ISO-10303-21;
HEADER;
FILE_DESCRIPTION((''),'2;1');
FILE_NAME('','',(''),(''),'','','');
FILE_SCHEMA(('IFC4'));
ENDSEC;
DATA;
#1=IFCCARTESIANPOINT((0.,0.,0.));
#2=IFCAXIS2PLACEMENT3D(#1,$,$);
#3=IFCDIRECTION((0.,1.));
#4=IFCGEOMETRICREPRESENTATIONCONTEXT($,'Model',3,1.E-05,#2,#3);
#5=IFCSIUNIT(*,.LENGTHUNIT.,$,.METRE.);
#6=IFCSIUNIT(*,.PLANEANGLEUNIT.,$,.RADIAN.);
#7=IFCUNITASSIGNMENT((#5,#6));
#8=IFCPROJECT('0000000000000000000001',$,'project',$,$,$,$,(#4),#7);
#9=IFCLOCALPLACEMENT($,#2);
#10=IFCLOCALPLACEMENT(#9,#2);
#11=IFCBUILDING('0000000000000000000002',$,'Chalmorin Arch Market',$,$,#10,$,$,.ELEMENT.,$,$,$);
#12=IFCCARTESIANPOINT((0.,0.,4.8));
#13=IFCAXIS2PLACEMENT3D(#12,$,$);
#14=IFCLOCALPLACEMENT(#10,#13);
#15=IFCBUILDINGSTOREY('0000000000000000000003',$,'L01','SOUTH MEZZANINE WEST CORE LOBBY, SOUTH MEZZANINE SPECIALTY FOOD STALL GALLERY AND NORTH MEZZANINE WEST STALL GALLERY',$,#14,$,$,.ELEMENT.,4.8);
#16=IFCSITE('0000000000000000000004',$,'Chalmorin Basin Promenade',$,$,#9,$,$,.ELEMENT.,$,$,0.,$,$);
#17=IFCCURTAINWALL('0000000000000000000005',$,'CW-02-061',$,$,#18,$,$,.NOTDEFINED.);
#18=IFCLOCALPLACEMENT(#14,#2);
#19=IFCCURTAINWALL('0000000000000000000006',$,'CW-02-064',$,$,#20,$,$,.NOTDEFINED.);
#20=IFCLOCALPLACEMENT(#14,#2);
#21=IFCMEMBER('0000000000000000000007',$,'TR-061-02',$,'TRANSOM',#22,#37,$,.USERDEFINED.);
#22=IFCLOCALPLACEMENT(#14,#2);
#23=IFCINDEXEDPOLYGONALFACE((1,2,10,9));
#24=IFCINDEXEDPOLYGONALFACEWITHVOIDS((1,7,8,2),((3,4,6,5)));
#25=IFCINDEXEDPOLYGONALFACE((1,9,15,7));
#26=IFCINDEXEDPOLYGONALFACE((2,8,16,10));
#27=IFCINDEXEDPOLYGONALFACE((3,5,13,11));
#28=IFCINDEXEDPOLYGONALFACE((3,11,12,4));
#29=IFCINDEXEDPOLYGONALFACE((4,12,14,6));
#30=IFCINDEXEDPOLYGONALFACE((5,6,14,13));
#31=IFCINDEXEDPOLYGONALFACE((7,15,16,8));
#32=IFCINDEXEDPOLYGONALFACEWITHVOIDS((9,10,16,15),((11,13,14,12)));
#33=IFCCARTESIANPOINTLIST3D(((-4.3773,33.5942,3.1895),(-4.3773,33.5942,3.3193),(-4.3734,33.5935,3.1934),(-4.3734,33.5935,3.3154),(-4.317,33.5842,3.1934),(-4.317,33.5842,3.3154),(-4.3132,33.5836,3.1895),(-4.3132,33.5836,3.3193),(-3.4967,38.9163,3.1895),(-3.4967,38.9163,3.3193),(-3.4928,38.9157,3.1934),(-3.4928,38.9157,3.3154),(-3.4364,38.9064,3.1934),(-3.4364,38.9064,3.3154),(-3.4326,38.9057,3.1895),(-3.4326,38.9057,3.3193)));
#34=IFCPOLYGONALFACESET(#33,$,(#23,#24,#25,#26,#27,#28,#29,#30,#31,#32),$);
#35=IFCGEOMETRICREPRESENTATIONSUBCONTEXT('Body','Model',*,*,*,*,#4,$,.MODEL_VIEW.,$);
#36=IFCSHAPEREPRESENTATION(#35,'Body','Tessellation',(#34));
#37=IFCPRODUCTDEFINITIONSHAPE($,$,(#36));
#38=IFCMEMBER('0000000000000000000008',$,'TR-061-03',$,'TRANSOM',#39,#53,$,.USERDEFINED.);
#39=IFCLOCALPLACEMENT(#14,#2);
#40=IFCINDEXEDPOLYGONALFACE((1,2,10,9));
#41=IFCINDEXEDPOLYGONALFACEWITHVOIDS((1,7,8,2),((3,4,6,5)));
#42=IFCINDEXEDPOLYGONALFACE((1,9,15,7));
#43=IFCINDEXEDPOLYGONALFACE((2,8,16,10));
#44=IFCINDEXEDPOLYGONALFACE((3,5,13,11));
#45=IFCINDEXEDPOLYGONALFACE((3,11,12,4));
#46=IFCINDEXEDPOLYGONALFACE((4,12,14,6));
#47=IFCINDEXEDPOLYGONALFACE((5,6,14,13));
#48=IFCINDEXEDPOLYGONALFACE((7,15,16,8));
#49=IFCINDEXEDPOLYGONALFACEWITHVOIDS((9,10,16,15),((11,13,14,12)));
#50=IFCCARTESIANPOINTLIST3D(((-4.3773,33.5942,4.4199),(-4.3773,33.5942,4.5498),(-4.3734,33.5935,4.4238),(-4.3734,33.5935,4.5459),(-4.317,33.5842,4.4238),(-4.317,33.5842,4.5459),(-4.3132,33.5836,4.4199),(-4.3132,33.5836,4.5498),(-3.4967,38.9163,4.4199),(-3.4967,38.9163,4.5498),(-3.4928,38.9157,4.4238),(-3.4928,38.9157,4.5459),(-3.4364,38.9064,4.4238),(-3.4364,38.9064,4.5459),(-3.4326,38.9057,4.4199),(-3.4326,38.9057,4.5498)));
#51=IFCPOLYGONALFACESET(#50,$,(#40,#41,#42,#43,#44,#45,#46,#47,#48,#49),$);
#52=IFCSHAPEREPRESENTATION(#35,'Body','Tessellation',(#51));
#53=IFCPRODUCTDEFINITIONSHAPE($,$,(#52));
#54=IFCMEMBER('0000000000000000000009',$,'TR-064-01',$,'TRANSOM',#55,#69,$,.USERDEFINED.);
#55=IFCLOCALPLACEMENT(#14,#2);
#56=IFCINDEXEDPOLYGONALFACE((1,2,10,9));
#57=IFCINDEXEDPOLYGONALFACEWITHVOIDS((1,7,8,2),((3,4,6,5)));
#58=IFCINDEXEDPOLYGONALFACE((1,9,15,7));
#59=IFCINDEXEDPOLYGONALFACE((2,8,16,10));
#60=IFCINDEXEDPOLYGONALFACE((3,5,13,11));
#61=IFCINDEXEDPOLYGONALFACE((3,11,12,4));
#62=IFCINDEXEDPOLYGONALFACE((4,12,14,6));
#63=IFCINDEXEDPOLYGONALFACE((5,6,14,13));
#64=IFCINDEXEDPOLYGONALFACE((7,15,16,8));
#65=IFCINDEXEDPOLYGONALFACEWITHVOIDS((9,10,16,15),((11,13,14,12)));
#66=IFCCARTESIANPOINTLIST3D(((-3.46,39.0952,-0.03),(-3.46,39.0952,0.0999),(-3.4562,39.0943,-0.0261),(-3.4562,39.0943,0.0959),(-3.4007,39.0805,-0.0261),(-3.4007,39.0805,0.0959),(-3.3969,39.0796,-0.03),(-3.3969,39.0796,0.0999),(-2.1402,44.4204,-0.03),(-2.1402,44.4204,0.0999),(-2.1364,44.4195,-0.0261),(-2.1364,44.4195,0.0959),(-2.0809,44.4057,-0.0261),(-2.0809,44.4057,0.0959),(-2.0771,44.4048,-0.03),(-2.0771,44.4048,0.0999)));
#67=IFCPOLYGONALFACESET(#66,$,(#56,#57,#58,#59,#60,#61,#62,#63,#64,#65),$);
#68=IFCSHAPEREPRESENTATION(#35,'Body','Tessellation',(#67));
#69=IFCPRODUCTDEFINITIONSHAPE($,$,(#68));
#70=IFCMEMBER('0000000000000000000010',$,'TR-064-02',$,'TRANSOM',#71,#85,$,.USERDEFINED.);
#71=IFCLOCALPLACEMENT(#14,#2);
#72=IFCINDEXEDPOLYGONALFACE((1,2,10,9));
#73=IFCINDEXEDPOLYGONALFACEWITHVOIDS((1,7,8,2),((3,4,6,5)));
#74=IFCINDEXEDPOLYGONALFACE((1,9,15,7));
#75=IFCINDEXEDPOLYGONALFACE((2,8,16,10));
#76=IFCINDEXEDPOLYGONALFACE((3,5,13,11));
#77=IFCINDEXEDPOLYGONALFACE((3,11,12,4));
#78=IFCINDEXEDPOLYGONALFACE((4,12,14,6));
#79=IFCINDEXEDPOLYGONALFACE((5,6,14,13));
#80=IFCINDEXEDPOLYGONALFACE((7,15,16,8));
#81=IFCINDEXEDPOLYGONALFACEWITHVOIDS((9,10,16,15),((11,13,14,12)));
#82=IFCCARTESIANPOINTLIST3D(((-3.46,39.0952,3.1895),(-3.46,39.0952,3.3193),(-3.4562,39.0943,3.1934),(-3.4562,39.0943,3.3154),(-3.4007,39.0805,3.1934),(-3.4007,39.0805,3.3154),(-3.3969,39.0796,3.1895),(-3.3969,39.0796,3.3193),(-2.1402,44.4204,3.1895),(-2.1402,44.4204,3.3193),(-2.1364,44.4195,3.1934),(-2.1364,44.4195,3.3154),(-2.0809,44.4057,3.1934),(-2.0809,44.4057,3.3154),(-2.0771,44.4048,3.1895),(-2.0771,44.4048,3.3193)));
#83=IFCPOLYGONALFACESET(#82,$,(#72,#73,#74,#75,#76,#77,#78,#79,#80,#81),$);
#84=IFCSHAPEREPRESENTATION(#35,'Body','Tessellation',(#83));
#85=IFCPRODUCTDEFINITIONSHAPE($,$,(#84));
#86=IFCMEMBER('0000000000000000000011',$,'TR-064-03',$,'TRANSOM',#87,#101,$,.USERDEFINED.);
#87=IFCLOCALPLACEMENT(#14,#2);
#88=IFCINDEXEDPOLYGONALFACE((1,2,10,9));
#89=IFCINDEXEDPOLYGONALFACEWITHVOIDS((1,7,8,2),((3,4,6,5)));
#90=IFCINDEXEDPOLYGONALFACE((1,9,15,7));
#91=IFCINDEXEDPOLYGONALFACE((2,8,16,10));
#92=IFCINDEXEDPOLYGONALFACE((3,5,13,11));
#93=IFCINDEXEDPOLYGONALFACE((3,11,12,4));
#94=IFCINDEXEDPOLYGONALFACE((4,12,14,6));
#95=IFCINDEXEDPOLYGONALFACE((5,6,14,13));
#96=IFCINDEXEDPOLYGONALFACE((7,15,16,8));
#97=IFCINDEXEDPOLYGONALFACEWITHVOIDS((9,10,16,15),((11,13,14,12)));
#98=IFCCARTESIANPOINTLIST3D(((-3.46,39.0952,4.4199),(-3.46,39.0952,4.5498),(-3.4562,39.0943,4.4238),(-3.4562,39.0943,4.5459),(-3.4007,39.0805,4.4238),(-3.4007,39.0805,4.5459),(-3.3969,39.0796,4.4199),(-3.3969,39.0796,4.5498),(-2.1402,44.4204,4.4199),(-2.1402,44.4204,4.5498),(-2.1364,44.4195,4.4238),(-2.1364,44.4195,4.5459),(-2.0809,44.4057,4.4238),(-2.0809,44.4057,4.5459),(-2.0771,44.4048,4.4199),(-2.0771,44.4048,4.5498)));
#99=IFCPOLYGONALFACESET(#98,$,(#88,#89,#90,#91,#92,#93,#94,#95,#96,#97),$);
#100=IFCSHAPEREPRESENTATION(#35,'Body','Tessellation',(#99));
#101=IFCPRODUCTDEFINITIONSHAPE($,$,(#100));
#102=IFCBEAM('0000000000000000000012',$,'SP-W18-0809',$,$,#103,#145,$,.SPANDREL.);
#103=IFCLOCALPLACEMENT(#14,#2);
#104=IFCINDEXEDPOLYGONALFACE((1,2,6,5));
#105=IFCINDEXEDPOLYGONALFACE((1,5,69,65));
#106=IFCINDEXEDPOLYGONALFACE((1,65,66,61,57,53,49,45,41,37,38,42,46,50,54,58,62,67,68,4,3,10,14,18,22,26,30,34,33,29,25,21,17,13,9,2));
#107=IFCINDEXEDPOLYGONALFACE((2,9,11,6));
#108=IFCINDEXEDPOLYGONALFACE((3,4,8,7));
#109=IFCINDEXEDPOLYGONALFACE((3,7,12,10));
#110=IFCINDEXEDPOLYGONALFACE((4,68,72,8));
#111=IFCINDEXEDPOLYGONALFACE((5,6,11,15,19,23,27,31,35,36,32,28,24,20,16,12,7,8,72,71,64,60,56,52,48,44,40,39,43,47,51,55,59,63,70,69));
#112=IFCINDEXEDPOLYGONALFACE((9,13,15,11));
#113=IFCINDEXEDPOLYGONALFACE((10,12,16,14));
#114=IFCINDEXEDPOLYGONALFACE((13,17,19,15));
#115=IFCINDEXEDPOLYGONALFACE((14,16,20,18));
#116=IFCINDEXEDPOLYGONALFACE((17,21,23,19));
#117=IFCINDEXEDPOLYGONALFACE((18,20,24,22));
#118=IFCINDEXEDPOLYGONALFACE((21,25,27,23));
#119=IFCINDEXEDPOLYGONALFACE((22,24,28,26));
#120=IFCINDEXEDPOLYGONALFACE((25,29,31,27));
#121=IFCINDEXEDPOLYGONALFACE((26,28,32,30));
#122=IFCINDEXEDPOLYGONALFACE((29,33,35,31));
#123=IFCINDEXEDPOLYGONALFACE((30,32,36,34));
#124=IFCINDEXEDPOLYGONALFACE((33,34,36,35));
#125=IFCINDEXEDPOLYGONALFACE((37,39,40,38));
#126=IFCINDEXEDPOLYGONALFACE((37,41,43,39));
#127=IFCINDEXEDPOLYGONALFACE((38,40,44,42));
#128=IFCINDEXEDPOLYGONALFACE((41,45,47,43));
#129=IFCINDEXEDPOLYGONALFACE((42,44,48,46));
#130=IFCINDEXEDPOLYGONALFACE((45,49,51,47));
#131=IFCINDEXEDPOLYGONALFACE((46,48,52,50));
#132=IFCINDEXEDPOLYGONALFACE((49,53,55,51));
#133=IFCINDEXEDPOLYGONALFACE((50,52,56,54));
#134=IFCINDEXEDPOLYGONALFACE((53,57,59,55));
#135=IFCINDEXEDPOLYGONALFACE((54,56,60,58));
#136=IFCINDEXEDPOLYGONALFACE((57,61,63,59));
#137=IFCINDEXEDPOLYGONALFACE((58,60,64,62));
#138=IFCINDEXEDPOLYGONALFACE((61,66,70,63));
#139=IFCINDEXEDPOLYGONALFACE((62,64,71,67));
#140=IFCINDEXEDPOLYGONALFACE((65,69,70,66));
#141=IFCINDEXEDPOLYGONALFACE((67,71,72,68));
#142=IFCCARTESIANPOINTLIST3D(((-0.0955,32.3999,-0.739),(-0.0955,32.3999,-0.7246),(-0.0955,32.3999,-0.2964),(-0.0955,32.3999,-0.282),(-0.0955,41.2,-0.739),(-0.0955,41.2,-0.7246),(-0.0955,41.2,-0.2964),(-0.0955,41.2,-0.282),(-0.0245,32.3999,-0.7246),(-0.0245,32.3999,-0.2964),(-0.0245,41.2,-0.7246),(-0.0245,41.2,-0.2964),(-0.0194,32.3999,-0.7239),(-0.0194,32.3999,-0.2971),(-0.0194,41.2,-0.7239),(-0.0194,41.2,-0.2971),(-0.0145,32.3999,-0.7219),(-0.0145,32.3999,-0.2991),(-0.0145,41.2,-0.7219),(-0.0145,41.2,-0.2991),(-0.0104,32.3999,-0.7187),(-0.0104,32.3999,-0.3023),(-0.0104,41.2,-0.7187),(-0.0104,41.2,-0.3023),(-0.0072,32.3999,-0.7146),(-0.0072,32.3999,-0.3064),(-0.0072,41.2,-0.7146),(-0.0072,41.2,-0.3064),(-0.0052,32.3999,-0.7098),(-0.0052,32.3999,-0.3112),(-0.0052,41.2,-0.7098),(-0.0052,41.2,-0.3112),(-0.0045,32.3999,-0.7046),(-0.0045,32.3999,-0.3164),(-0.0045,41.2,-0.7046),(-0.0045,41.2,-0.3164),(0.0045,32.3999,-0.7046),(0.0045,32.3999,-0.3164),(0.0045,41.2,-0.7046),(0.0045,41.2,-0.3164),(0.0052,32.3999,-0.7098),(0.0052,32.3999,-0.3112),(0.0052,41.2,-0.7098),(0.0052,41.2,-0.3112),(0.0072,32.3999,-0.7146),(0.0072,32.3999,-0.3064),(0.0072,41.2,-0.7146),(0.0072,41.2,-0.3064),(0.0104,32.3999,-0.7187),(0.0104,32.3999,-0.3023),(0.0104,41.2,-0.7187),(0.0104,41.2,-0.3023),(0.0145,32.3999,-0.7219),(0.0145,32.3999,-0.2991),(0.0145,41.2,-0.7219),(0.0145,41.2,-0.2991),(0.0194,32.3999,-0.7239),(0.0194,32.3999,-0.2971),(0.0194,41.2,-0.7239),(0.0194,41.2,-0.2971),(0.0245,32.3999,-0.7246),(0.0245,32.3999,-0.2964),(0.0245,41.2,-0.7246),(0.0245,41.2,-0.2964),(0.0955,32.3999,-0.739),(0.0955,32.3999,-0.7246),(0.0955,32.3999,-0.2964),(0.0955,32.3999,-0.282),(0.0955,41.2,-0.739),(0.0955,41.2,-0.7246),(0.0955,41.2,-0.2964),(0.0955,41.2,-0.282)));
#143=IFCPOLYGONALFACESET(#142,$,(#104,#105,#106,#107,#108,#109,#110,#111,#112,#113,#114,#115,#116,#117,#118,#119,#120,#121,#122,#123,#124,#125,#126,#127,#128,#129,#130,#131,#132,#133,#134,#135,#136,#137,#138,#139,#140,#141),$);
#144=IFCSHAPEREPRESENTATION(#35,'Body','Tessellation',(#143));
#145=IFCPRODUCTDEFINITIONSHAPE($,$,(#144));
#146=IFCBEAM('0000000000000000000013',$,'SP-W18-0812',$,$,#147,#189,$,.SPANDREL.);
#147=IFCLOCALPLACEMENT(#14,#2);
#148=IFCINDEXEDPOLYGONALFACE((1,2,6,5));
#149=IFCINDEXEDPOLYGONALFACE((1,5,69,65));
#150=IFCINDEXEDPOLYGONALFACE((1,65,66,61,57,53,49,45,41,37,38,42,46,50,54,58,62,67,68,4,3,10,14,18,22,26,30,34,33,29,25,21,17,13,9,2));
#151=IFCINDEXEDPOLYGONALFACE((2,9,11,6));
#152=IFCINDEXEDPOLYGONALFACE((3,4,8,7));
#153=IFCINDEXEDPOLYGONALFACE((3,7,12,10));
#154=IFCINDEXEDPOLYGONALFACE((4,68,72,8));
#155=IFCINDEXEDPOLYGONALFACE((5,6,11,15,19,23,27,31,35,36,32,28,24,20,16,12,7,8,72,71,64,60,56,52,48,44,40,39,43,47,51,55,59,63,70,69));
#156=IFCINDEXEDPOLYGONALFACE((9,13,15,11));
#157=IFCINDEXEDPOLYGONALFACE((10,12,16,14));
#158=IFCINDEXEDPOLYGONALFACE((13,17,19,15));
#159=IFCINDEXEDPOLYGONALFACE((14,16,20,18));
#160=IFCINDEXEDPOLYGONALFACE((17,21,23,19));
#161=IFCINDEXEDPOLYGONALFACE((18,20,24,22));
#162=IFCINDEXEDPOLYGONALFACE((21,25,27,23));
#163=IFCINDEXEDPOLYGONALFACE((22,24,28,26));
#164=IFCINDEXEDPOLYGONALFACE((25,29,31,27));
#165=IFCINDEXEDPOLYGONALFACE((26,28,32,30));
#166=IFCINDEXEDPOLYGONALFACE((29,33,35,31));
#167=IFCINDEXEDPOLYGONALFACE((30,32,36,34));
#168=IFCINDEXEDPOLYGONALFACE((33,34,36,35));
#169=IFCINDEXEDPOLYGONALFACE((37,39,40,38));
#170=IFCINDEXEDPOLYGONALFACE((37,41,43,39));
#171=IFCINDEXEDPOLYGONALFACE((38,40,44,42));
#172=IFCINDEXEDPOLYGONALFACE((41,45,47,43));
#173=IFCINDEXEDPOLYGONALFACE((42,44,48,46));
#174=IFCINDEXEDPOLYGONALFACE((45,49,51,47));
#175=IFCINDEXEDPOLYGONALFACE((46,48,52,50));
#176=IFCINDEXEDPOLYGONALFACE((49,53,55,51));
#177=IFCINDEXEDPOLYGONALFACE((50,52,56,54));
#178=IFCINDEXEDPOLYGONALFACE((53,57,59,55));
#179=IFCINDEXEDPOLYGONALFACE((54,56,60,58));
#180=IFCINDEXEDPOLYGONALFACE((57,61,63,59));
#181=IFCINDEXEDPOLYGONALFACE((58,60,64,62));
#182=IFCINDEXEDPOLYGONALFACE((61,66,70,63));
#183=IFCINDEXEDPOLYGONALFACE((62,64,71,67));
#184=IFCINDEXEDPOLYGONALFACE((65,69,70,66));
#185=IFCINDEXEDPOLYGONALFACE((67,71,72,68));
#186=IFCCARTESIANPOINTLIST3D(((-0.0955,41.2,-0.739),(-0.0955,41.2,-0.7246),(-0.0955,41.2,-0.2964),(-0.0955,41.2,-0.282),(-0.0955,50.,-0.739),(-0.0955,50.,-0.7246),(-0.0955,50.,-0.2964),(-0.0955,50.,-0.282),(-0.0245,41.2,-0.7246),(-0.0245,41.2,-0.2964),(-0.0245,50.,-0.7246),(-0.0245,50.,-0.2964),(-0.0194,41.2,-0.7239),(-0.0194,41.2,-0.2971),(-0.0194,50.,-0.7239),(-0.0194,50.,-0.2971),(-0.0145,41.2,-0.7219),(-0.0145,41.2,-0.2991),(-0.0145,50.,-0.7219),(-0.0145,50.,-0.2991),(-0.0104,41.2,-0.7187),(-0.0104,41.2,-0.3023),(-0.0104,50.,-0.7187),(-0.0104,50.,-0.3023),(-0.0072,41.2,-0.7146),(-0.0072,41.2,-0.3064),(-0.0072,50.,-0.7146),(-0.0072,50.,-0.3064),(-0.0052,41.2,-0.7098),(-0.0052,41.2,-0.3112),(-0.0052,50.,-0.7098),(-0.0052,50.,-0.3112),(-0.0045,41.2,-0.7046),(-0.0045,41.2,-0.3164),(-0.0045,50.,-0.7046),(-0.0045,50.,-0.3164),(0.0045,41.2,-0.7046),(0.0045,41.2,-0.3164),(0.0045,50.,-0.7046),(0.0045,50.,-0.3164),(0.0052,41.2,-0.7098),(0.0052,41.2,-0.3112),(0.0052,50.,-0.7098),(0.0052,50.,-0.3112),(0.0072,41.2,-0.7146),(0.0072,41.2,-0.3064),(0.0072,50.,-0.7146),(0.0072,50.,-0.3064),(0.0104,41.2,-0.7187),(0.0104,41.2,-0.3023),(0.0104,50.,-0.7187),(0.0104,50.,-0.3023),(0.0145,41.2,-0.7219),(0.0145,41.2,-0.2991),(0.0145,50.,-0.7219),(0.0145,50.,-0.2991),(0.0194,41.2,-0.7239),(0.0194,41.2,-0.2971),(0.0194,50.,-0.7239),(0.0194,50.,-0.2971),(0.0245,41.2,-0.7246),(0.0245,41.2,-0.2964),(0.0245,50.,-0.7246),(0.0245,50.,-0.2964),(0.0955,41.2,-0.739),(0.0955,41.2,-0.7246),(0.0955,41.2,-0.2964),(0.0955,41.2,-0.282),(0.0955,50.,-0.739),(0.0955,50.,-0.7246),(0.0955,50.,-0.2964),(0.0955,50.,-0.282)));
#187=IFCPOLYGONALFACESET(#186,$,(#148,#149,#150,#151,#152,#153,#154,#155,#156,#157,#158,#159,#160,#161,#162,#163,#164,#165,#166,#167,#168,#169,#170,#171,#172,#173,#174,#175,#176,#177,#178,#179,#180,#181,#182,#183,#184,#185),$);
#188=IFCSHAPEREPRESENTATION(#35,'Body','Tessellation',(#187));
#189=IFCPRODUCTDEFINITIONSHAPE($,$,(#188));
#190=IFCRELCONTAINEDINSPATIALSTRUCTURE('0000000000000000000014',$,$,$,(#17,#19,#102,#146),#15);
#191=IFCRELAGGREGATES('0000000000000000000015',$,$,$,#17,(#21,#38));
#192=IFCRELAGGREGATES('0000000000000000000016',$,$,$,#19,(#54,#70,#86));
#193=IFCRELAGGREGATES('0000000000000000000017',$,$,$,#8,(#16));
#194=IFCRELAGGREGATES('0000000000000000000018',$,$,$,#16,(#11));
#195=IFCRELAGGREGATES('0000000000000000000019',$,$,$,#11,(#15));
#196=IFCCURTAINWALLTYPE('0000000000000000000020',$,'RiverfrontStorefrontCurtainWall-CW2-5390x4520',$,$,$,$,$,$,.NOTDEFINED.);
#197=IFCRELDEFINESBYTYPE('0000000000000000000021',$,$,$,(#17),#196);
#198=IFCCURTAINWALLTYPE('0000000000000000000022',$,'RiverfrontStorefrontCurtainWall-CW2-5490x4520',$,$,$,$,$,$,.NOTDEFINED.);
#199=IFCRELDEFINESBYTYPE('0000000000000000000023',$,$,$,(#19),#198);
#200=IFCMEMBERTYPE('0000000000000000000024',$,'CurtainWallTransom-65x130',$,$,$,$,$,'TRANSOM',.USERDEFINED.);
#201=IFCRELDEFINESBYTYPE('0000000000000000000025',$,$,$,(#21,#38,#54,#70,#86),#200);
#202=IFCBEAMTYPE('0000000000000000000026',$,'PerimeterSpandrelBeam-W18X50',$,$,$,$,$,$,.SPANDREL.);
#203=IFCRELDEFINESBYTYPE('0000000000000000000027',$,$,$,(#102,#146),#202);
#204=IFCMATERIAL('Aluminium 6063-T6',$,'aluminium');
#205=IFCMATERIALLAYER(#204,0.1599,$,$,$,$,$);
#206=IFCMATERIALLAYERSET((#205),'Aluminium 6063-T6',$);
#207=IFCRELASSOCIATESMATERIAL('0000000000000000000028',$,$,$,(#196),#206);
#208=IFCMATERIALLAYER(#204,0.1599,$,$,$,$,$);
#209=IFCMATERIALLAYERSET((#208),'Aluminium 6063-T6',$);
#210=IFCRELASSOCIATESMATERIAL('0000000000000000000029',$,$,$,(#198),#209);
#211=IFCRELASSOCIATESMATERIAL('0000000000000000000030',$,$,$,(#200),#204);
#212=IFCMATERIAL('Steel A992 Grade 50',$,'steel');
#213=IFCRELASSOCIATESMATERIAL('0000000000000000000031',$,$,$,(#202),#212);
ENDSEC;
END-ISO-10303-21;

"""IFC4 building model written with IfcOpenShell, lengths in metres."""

from ifc_helpers import new_model, si_unit, direction, frame, origin, origin_2d, place, context, subcontext, project, spatial, hollow_rectangle, i_section, extrude, material, layer, layer_set, material_profile, profile_set, type_object, element, aggregate, save


model = new_model("IFC4")

# Units and contexts
model_context = context("Model", 3, precision=1e-05, world=origin(), true_north=direction((0.0, 1.0)))
body_context = subcontext(model_context, "Body", "Model", "MODEL_VIEW")
ifc_project = project(units=[si_unit("LENGTHUNIT", "METRE"), si_unit("PLANEANGLEUNIT", "RADIAN")], contexts=[model_context])

# Site, building, storey
site_placement = place(None, origin())
site = spatial("IfcSite", under=ifc_project, at=site_placement, Name="Chalmorin Basin Promenade", CompositionType="ELEMENT", RefElevation=0.0)
building_placement = place(site_placement, origin())
building = spatial("IfcBuilding", under=site, at=building_placement, Name="Chalmorin Arch Market", CompositionType="ELEMENT")
storey_placement = place(building_placement, frame((0.0, 0.0, 4.8)))
storey = spatial("IfcBuildingStorey", under=building, at=storey_placement, Name="L01", Description="SOUTH MEZZANINE WEST CORE LOBBY, SOUTH MEZZANINE SPECIALTY FOOD STALL GALLERY AND NORTH MEZZANINE WEST STALL GALLERY", CompositionType="ELEMENT", Elevation=4.8)

# Shared definitions
ifc_material_1 = material(Name="Aluminium 6063-T6", Category="aluminium")

# Curtain walls
ifc_layer_1 = layer(ifc_material_1, 0.1599)
ifc_layer_set_1 = layer_set([ifc_layer_1], Name="Aluminium 6063-T6")
curtain_wall_type_1 = type_object("IfcCurtainWallType", Name="RiverfrontStorefrontCurtainWall-CW2-5390x4520", PredefinedType="NOTDEFINED", material=ifc_layer_set_1)
curtain_wall_1_placement = place(storey_placement, origin())
curtain_wall_1 = element("IfcCurtainWall", 1, at=curtain_wall_1_placement, inside=storey, type_object=curtain_wall_type_1, Name="CW-02-061", PredefinedType="NOTDEFINED")
ifc_layer_2 = layer(ifc_material_1, 0.1599)
ifc_layer_set_2 = layer_set([ifc_layer_2], Name="Aluminium 6063-T6")
curtain_wall_type_2 = type_object("IfcCurtainWallType", Name="RiverfrontStorefrontCurtainWall-CW2-5490x4520", PredefinedType="NOTDEFINED", material=ifc_layer_set_2)
curtain_wall_2_placement = place(storey_placement, origin())
curtain_wall_2 = element("IfcCurtainWall", 2, at=curtain_wall_2_placement, inside=storey, type_object=curtain_wall_type_2, Name="CW-02-064", PredefinedType="NOTDEFINED")

# Members
ifc_material_profile_1 = material_profile(ifc_material_1, hollow_rectangle(XDim=0.0649, YDim=0.1299, WallThickness=0.0039, at=origin_2d()), Name="ALU65X130X4")
ifc_profile_set_1 = profile_set([ifc_material_profile_1], Name="Aluminium 6063-T6")
member_type_1 = type_object("IfcMemberType", Name="CurtainWallTransom-65x130", ElementType="TRANSOM", PredefinedType="USERDEFINED", material=ifc_profile_set_1)
member_1_placement = place(storey_placement, frame((-4.3452, 33.5889, 3.2544), z_axis=(0.163239, 0.986586, 0.0), x_axis=(-0.986586, 0.163239, 0.0)))
member_1 = element("IfcMember", 3, at=member_1_placement, type_object=member_type_1, Name="TR-061-02", ObjectType="TRANSOM", PredefinedType="USERDEFINED", context=body_context, shape_type="SweptSolid", body=[
    extrude(hollow_rectangle(XDim=0.0649, YDim=0.1299, WallThickness=0.0039, at=origin_2d()), origin(), (0.0, 0.0, 1.0), 5.3945),
])
member_2_placement = place(storey_placement, frame((-4.3452, 33.5889, 4.4849), z_axis=(0.163239, 0.986586, 0.0), x_axis=(-0.986586, 0.163239, 0.0)))
member_2 = element("IfcMember", 4, at=member_2_placement, type_object=member_type_1, Name="TR-061-03", ObjectType="TRANSOM", PredefinedType="USERDEFINED", context=body_context, shape_type="SweptSolid", body=[
    extrude(hollow_rectangle(XDim=0.0649, YDim=0.1299, WallThickness=0.0039, at=origin_2d()), origin(), (0.0, 0.0, 1.0), 5.3945),
])
member_3_placement = place(storey_placement, frame((-3.4285, 39.0874, 0.0349), z_axis=(0.240567, 0.970633, 0.0), x_axis=(-0.970633, 0.240567, 0.0)))
member_3 = element("IfcMember", 5, at=member_3_placement, type_object=member_type_1, Name="TR-064-01", ObjectType="TRANSOM", PredefinedType="USERDEFINED", context=body_context, shape_type="SweptSolid", body=[
    extrude(hollow_rectangle(XDim=0.0649, YDim=0.1299, WallThickness=0.0039, at=origin_2d()), origin(), (0.0, 0.0, 1.0), 5.4863),
])
member_4_placement = place(storey_placement, frame((-3.4285, 39.0874, 3.2544), z_axis=(0.240567, 0.970633, 0.0), x_axis=(-0.970633, 0.240567, 0.0)))
member_4 = element("IfcMember", 6, at=member_4_placement, type_object=member_type_1, Name="TR-064-02", ObjectType="TRANSOM", PredefinedType="USERDEFINED", context=body_context, shape_type="SweptSolid", body=[
    extrude(hollow_rectangle(XDim=0.0649, YDim=0.1299, WallThickness=0.0039, at=origin_2d()), origin(), (0.0, 0.0, 1.0), 5.4863),
])
member_5_placement = place(storey_placement, frame((-3.4285, 39.0874, 4.4849), z_axis=(0.240567, 0.970633, 0.0), x_axis=(-0.970633, 0.240567, 0.0)))
member_5 = element("IfcMember", 7, at=member_5_placement, type_object=member_type_1, Name="TR-064-03", ObjectType="TRANSOM", PredefinedType="USERDEFINED", context=body_context, shape_type="SweptSolid", body=[
    extrude(hollow_rectangle(XDim=0.0649, YDim=0.1299, WallThickness=0.0039, at=origin_2d()), origin(), (0.0, 0.0, 1.0), 5.4863),
])

# Beams
ifc_material_2 = material(Name="Steel A992 Grade 50", Category="steel")
ifc_material_profile_2 = material_profile(ifc_material_2, i_section(OverallWidth=0.1909, OverallDepth=0.457, WebThickness=0.009, FlangeThickness=0.0144, FilletRadius=0.02, at=origin_2d()), Name="W18X50")
ifc_profile_set_2 = profile_set([ifc_material_profile_2], Name="Steel A992 Grade 50")
beam_type_1 = type_object("IfcBeamType", Name="PerimeterSpandrelBeam-W18X50", PredefinedType="SPANDREL", material=ifc_profile_set_2)
for number, where, z_axis, x_axis, name in (
    (8, (0.0, 32.3999, -0.5105), (0.0, 1.0, 0.0), (-1.0, 0.0, 0.0), "SP-W18-0809"),
    (9, (0.0, 41.2, -0.5105), (0.0, 1.0, 0.0), (-1.0, 0.0, 0.0), "SP-W18-0812"),
):
    element("IfcBeam", number, at=place(storey_placement, frame(where, z_axis=z_axis, x_axis=x_axis)), inside=storey, type_object=beam_type_1, Name=name, PredefinedType="SPANDREL", context=body_context, shape_type="SweptSolid", body=[
        extrude(i_section(OverallWidth=0.1909, OverallDepth=0.457, WebThickness=0.009, FlangeThickness=0.0144, FilletRadius=0.02, at=origin_2d()), origin(), (0.0, 0.0, 1.0), 8.8),
    ])

aggregate(curtain_wall_1, [member_1, member_2])
aggregate(curtain_wall_2, [member_3, member_4, member_5])

save(model, "model.ifc")
